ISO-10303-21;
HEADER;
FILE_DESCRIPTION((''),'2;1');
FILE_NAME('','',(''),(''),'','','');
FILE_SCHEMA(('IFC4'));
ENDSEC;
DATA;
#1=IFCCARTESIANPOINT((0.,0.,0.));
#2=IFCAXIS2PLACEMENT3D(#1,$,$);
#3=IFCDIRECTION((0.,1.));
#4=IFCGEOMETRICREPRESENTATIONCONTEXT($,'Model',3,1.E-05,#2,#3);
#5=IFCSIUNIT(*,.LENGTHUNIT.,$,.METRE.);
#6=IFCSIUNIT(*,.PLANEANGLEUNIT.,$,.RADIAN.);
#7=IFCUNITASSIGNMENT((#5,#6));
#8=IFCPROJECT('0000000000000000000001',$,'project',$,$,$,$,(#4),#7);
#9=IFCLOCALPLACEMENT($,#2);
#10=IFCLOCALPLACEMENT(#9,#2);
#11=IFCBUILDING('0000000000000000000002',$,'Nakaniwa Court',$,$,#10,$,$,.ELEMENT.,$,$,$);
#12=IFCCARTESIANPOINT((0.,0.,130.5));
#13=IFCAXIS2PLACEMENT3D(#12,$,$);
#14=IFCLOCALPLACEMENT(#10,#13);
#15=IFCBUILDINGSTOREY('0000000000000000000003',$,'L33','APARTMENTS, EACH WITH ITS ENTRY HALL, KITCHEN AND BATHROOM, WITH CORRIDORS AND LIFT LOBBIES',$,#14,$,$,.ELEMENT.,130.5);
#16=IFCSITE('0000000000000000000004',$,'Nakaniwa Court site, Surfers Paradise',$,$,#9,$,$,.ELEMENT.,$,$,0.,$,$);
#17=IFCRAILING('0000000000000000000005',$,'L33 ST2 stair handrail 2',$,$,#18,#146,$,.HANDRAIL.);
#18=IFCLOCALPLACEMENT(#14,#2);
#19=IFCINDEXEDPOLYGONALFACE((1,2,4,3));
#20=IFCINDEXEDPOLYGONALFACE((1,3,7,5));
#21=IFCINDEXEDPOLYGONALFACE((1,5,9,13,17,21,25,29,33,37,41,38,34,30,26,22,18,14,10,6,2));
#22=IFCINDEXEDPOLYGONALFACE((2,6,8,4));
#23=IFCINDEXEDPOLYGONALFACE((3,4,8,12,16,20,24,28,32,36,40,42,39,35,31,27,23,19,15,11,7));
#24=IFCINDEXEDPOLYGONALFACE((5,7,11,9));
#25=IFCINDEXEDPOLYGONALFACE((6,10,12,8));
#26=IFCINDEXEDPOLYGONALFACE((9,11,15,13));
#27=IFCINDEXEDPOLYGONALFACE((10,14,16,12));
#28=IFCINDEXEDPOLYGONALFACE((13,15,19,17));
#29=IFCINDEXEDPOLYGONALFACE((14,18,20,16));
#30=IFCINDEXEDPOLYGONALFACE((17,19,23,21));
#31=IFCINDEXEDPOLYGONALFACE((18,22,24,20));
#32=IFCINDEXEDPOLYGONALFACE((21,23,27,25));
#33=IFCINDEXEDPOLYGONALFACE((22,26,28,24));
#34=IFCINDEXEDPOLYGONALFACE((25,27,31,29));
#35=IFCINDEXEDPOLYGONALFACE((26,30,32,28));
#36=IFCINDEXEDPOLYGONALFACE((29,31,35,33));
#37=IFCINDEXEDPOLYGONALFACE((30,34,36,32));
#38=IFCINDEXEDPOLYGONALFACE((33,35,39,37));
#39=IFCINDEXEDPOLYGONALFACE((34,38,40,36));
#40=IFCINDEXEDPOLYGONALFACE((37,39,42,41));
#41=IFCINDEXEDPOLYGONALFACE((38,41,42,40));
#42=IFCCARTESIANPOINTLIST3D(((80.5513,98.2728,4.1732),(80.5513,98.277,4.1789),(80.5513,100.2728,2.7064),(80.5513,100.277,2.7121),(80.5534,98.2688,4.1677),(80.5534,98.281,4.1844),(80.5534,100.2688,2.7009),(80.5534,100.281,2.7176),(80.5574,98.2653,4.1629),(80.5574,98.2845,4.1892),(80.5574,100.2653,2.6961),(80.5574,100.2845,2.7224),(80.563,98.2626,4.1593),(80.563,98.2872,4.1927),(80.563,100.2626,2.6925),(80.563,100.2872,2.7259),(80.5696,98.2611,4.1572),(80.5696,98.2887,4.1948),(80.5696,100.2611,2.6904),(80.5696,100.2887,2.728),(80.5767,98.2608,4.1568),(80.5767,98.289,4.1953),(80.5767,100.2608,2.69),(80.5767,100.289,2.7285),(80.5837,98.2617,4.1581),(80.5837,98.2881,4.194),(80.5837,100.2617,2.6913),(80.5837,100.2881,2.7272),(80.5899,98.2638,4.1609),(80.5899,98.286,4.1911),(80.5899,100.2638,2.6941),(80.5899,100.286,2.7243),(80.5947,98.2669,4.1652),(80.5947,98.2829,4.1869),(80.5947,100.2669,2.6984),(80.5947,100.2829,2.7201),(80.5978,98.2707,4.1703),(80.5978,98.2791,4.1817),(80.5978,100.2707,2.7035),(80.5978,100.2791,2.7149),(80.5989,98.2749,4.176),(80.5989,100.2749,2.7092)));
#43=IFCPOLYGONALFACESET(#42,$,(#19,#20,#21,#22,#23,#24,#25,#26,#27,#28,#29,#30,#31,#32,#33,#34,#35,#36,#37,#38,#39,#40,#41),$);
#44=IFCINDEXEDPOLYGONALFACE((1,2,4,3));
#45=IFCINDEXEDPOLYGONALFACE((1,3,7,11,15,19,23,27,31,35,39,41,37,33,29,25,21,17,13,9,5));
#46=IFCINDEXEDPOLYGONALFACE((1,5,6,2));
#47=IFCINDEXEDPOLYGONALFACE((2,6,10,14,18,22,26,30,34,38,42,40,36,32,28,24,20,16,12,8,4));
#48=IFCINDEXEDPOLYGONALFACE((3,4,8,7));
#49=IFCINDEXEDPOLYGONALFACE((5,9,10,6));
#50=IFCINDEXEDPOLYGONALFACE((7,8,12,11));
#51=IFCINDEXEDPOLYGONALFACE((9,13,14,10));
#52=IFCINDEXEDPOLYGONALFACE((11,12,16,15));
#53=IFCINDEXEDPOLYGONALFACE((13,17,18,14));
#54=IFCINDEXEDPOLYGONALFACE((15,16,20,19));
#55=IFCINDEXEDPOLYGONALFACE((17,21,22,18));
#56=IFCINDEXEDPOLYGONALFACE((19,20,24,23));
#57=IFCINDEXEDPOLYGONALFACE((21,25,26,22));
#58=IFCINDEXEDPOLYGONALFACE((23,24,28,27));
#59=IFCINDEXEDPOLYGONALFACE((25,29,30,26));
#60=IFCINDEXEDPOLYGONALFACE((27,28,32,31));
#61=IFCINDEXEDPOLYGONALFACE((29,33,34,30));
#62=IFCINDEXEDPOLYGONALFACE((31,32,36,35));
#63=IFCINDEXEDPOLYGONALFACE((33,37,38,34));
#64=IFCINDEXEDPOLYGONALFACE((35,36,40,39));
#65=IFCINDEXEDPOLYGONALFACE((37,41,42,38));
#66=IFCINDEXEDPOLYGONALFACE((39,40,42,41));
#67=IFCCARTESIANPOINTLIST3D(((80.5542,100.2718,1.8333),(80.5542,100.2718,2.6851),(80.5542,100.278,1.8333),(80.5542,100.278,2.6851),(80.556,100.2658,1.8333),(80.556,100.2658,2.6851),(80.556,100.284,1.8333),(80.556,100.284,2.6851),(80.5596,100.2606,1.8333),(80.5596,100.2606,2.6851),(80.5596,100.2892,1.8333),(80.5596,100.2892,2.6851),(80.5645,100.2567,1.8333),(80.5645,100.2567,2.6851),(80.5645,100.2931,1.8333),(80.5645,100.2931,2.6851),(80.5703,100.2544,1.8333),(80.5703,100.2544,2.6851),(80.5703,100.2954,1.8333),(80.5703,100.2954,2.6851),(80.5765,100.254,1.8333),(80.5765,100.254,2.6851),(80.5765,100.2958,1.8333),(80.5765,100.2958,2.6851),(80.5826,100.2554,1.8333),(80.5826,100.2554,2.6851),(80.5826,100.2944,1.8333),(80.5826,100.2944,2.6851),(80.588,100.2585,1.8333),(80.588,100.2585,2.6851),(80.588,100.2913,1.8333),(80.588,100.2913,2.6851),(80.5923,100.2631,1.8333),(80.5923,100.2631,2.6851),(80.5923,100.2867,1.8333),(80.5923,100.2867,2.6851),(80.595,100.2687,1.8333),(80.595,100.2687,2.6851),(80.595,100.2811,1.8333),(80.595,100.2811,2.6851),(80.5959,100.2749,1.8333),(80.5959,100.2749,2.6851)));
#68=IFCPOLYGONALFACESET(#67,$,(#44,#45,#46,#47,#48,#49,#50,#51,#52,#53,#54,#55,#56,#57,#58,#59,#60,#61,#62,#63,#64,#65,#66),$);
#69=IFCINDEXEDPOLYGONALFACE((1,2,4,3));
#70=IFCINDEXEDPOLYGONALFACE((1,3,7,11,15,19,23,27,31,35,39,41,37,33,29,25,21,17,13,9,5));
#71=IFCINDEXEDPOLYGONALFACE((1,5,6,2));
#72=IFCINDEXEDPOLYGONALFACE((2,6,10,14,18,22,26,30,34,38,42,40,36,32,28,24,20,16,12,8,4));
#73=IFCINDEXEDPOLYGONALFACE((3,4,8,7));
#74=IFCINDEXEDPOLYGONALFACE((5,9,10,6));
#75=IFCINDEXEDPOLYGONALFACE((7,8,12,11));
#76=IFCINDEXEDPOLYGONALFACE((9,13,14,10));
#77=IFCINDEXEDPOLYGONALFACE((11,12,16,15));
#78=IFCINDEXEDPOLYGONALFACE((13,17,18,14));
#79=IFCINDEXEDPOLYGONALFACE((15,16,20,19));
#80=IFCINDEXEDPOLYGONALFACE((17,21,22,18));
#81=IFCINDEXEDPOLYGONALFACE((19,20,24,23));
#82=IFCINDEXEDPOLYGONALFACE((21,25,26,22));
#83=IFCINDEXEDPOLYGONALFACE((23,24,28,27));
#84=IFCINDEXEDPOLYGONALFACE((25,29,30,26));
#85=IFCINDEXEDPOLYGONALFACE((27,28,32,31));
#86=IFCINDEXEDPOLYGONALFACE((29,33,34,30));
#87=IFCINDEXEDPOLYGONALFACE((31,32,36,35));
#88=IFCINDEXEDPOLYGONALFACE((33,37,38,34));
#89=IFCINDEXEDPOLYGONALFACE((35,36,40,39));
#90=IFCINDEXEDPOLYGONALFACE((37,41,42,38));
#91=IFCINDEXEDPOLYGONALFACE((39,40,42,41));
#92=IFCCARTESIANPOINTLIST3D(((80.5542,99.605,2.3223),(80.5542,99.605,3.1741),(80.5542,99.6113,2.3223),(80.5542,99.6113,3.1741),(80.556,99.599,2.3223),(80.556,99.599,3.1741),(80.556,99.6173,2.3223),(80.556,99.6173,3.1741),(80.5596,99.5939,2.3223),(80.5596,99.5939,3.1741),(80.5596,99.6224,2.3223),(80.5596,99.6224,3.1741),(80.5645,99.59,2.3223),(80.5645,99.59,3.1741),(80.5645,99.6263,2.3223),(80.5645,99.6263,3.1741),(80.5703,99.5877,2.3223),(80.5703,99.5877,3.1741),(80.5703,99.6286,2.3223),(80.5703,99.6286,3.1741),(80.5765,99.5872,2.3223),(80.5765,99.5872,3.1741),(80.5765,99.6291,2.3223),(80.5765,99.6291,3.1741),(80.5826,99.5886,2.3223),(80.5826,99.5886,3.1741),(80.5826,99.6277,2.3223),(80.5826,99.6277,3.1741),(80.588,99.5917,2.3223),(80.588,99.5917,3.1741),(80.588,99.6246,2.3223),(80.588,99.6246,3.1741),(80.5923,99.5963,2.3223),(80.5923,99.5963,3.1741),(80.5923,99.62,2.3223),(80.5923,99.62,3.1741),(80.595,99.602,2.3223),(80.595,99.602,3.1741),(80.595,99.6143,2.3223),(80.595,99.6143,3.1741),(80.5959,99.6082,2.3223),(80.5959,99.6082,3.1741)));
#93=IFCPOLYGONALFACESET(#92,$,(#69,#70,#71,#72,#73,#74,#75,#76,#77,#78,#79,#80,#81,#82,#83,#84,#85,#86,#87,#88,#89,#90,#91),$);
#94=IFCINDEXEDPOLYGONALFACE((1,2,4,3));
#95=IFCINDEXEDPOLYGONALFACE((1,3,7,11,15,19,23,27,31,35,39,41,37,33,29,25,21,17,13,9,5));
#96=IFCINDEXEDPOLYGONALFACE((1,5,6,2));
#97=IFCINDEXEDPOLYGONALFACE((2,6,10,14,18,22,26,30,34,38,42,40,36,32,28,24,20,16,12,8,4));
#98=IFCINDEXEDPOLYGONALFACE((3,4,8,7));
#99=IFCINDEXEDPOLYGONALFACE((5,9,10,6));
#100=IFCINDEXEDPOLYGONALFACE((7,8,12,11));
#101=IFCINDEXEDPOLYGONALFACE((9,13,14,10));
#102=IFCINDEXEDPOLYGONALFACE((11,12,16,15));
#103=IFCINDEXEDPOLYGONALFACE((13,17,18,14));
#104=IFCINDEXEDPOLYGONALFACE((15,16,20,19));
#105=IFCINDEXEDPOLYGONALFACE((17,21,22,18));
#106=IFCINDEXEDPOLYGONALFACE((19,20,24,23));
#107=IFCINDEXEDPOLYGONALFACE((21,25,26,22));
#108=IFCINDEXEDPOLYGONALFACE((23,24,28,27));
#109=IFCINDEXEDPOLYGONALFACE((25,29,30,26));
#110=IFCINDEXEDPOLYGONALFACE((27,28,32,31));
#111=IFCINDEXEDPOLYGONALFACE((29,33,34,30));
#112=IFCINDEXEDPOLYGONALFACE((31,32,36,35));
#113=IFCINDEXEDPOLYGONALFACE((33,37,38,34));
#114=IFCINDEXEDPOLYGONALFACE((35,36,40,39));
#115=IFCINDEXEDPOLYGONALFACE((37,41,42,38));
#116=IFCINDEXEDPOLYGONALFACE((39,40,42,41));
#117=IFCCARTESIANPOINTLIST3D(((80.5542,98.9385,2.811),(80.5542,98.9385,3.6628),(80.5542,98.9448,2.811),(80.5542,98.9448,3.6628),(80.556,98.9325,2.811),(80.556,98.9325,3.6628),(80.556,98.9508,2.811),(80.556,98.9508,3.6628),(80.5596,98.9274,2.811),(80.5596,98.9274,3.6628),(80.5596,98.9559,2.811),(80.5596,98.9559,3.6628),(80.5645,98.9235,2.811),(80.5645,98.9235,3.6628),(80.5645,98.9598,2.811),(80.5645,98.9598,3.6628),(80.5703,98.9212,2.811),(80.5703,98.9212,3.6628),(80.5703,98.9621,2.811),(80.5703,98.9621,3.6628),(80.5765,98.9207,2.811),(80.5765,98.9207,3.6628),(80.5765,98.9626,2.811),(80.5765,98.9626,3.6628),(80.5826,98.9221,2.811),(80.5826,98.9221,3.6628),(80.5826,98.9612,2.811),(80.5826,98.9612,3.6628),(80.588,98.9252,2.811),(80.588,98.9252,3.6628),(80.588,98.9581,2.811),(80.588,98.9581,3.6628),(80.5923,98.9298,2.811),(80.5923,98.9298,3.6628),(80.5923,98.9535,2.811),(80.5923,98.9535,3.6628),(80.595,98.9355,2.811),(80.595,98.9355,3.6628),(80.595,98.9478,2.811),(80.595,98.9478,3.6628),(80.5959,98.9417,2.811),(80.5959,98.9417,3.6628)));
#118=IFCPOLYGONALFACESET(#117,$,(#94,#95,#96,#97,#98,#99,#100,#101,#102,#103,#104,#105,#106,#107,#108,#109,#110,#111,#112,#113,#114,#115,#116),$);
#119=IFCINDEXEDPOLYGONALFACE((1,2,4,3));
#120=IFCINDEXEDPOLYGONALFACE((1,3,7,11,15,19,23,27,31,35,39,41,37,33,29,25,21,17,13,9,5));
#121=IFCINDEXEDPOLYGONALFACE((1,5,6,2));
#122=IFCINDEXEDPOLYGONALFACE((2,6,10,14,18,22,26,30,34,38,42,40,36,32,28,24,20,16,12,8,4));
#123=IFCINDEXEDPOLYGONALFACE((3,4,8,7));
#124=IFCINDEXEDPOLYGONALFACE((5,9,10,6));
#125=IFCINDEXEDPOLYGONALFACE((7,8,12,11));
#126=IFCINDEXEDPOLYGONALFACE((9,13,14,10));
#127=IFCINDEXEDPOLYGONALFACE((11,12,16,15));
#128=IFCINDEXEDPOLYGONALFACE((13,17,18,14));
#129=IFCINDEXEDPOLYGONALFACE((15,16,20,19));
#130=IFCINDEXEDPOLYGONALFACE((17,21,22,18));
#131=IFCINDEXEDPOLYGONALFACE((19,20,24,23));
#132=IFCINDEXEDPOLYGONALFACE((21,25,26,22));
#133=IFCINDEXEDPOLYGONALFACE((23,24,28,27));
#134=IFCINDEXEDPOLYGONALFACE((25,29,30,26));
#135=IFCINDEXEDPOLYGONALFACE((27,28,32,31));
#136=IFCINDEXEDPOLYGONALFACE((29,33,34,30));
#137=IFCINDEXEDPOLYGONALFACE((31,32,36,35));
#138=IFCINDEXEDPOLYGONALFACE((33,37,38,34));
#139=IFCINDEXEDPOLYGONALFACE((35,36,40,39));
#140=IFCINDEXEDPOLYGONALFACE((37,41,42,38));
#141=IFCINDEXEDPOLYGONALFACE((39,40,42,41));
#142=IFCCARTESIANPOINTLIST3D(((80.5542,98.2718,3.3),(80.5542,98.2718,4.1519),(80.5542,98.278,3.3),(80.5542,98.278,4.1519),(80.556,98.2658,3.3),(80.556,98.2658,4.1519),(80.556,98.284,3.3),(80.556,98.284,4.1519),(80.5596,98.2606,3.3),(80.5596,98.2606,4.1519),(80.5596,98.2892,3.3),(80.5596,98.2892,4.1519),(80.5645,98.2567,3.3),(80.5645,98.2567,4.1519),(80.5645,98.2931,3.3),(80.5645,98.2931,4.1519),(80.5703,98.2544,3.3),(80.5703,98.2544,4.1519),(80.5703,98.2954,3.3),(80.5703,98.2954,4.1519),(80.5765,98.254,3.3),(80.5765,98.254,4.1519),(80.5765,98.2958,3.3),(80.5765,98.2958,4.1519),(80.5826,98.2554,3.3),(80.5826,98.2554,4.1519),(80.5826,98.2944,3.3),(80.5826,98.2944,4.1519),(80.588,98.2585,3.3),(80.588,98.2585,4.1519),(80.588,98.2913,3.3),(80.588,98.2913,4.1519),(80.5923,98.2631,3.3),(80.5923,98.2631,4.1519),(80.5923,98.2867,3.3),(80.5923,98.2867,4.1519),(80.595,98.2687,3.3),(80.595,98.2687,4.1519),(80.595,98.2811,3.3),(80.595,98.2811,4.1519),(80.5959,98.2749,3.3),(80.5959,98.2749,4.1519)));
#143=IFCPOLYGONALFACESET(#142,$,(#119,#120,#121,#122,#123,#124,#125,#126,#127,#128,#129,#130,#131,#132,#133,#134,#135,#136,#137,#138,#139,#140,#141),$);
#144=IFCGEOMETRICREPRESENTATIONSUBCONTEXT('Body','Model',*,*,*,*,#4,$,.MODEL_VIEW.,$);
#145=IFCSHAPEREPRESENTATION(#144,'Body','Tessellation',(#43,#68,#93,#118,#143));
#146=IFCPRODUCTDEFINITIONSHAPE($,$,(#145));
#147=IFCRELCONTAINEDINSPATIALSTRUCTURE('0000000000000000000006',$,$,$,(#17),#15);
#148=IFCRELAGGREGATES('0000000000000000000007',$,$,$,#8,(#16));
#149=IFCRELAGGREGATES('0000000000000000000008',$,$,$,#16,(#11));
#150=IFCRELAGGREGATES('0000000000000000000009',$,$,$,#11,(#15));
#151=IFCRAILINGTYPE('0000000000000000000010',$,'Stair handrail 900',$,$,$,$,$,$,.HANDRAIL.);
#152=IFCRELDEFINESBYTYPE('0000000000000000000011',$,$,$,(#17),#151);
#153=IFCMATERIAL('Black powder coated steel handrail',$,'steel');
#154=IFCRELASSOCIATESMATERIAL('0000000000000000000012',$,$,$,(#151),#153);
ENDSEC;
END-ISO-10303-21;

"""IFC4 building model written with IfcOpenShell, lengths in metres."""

from ifc_helpers import new_model, si_unit, direction, frame, origin, origin_2d, place, context, subcontext, project, spatial, circle, extrude, material, type_object, element, save


model = new_model("IFC4")

# Units and contexts
model_context = context("Model", 3, precision=1e-05, world=origin(), true_north=direction((0.0, 1.0)))
body_context = subcontext(model_context, "Body", "Model", "MODEL_VIEW")
ifc_project = project(units=[si_unit("LENGTHUNIT", "METRE"), si_unit("PLANEANGLEUNIT", "RADIAN")], contexts=[model_context])

# Site, building, storey
site_placement = place(None, origin())
site = spatial("IfcSite", under=ifc_project, at=site_placement, Name="Nakaniwa Court site, Surfers Paradise", CompositionType="ELEMENT", RefElevation=0.0)
building_placement = place(site_placement, origin())
building = spatial("IfcBuilding", under=site, at=building_placement, Name="Nakaniwa Court", CompositionType="ELEMENT")
storey_placement = place(building_placement, frame((0.0, 0.0, 130.5)))
storey = spatial("IfcBuildingStorey", under=building, at=storey_placement, Name="L33", Description="APARTMENTS, EACH WITH ITS ENTRY HALL, KITCHEN AND BATHROOM, WITH CORRIDORS AND LIFT LOBBIES", CompositionType="ELEMENT", Elevation=130.5)

# Railing
ifc_material_1 = material(Name="Black powder coated steel handrail", Category="steel")
railing_type_1 = type_object("IfcRailingType", Name="Stair handrail 900", PredefinedType="HANDRAIL", material=ifc_material_1)
railing_1_placement = place(storey_placement, frame((80.575, 100.2749, 1.8333)))
element("IfcRailing", 1, at=railing_1_placement, inside=storey, type_object=railing_type_1, Name="L33 ST2 stair handrail 2", PredefinedType="HANDRAIL", context=body_context, shape_type="SweptSolid", body=[
    extrude(circle(Radius=0.0239, at=origin_2d()), frame((0.0, 0.0, 0.876), z_axis=(0.0, -0.80638, 0.591398), x_axis=(1.0, 0.0, 0.0)), (0.0, 0.0, 1.0), 2.4802),
    extrude(circle(Radius=0.021, at=origin_2d()), origin(), (0.0, 0.0, 1.0), 0.8518),
    extrude(circle(Radius=0.021, at=origin_2d()), frame((0.0, -0.6667, 0.489)), (0.0, 0.0, 1.0), 0.8518),
    extrude(circle(Radius=0.021, at=origin_2d()), frame((0.0, -1.3333, 0.9778)), (0.0, 0.0, 1.0), 0.8518),
    extrude(circle(Radius=0.021, at=origin_2d()), frame((0.0, -2.0, 1.4668)), (0.0, 0.0, 1.0), 0.8518),
])

save(model, "model.ifc")
